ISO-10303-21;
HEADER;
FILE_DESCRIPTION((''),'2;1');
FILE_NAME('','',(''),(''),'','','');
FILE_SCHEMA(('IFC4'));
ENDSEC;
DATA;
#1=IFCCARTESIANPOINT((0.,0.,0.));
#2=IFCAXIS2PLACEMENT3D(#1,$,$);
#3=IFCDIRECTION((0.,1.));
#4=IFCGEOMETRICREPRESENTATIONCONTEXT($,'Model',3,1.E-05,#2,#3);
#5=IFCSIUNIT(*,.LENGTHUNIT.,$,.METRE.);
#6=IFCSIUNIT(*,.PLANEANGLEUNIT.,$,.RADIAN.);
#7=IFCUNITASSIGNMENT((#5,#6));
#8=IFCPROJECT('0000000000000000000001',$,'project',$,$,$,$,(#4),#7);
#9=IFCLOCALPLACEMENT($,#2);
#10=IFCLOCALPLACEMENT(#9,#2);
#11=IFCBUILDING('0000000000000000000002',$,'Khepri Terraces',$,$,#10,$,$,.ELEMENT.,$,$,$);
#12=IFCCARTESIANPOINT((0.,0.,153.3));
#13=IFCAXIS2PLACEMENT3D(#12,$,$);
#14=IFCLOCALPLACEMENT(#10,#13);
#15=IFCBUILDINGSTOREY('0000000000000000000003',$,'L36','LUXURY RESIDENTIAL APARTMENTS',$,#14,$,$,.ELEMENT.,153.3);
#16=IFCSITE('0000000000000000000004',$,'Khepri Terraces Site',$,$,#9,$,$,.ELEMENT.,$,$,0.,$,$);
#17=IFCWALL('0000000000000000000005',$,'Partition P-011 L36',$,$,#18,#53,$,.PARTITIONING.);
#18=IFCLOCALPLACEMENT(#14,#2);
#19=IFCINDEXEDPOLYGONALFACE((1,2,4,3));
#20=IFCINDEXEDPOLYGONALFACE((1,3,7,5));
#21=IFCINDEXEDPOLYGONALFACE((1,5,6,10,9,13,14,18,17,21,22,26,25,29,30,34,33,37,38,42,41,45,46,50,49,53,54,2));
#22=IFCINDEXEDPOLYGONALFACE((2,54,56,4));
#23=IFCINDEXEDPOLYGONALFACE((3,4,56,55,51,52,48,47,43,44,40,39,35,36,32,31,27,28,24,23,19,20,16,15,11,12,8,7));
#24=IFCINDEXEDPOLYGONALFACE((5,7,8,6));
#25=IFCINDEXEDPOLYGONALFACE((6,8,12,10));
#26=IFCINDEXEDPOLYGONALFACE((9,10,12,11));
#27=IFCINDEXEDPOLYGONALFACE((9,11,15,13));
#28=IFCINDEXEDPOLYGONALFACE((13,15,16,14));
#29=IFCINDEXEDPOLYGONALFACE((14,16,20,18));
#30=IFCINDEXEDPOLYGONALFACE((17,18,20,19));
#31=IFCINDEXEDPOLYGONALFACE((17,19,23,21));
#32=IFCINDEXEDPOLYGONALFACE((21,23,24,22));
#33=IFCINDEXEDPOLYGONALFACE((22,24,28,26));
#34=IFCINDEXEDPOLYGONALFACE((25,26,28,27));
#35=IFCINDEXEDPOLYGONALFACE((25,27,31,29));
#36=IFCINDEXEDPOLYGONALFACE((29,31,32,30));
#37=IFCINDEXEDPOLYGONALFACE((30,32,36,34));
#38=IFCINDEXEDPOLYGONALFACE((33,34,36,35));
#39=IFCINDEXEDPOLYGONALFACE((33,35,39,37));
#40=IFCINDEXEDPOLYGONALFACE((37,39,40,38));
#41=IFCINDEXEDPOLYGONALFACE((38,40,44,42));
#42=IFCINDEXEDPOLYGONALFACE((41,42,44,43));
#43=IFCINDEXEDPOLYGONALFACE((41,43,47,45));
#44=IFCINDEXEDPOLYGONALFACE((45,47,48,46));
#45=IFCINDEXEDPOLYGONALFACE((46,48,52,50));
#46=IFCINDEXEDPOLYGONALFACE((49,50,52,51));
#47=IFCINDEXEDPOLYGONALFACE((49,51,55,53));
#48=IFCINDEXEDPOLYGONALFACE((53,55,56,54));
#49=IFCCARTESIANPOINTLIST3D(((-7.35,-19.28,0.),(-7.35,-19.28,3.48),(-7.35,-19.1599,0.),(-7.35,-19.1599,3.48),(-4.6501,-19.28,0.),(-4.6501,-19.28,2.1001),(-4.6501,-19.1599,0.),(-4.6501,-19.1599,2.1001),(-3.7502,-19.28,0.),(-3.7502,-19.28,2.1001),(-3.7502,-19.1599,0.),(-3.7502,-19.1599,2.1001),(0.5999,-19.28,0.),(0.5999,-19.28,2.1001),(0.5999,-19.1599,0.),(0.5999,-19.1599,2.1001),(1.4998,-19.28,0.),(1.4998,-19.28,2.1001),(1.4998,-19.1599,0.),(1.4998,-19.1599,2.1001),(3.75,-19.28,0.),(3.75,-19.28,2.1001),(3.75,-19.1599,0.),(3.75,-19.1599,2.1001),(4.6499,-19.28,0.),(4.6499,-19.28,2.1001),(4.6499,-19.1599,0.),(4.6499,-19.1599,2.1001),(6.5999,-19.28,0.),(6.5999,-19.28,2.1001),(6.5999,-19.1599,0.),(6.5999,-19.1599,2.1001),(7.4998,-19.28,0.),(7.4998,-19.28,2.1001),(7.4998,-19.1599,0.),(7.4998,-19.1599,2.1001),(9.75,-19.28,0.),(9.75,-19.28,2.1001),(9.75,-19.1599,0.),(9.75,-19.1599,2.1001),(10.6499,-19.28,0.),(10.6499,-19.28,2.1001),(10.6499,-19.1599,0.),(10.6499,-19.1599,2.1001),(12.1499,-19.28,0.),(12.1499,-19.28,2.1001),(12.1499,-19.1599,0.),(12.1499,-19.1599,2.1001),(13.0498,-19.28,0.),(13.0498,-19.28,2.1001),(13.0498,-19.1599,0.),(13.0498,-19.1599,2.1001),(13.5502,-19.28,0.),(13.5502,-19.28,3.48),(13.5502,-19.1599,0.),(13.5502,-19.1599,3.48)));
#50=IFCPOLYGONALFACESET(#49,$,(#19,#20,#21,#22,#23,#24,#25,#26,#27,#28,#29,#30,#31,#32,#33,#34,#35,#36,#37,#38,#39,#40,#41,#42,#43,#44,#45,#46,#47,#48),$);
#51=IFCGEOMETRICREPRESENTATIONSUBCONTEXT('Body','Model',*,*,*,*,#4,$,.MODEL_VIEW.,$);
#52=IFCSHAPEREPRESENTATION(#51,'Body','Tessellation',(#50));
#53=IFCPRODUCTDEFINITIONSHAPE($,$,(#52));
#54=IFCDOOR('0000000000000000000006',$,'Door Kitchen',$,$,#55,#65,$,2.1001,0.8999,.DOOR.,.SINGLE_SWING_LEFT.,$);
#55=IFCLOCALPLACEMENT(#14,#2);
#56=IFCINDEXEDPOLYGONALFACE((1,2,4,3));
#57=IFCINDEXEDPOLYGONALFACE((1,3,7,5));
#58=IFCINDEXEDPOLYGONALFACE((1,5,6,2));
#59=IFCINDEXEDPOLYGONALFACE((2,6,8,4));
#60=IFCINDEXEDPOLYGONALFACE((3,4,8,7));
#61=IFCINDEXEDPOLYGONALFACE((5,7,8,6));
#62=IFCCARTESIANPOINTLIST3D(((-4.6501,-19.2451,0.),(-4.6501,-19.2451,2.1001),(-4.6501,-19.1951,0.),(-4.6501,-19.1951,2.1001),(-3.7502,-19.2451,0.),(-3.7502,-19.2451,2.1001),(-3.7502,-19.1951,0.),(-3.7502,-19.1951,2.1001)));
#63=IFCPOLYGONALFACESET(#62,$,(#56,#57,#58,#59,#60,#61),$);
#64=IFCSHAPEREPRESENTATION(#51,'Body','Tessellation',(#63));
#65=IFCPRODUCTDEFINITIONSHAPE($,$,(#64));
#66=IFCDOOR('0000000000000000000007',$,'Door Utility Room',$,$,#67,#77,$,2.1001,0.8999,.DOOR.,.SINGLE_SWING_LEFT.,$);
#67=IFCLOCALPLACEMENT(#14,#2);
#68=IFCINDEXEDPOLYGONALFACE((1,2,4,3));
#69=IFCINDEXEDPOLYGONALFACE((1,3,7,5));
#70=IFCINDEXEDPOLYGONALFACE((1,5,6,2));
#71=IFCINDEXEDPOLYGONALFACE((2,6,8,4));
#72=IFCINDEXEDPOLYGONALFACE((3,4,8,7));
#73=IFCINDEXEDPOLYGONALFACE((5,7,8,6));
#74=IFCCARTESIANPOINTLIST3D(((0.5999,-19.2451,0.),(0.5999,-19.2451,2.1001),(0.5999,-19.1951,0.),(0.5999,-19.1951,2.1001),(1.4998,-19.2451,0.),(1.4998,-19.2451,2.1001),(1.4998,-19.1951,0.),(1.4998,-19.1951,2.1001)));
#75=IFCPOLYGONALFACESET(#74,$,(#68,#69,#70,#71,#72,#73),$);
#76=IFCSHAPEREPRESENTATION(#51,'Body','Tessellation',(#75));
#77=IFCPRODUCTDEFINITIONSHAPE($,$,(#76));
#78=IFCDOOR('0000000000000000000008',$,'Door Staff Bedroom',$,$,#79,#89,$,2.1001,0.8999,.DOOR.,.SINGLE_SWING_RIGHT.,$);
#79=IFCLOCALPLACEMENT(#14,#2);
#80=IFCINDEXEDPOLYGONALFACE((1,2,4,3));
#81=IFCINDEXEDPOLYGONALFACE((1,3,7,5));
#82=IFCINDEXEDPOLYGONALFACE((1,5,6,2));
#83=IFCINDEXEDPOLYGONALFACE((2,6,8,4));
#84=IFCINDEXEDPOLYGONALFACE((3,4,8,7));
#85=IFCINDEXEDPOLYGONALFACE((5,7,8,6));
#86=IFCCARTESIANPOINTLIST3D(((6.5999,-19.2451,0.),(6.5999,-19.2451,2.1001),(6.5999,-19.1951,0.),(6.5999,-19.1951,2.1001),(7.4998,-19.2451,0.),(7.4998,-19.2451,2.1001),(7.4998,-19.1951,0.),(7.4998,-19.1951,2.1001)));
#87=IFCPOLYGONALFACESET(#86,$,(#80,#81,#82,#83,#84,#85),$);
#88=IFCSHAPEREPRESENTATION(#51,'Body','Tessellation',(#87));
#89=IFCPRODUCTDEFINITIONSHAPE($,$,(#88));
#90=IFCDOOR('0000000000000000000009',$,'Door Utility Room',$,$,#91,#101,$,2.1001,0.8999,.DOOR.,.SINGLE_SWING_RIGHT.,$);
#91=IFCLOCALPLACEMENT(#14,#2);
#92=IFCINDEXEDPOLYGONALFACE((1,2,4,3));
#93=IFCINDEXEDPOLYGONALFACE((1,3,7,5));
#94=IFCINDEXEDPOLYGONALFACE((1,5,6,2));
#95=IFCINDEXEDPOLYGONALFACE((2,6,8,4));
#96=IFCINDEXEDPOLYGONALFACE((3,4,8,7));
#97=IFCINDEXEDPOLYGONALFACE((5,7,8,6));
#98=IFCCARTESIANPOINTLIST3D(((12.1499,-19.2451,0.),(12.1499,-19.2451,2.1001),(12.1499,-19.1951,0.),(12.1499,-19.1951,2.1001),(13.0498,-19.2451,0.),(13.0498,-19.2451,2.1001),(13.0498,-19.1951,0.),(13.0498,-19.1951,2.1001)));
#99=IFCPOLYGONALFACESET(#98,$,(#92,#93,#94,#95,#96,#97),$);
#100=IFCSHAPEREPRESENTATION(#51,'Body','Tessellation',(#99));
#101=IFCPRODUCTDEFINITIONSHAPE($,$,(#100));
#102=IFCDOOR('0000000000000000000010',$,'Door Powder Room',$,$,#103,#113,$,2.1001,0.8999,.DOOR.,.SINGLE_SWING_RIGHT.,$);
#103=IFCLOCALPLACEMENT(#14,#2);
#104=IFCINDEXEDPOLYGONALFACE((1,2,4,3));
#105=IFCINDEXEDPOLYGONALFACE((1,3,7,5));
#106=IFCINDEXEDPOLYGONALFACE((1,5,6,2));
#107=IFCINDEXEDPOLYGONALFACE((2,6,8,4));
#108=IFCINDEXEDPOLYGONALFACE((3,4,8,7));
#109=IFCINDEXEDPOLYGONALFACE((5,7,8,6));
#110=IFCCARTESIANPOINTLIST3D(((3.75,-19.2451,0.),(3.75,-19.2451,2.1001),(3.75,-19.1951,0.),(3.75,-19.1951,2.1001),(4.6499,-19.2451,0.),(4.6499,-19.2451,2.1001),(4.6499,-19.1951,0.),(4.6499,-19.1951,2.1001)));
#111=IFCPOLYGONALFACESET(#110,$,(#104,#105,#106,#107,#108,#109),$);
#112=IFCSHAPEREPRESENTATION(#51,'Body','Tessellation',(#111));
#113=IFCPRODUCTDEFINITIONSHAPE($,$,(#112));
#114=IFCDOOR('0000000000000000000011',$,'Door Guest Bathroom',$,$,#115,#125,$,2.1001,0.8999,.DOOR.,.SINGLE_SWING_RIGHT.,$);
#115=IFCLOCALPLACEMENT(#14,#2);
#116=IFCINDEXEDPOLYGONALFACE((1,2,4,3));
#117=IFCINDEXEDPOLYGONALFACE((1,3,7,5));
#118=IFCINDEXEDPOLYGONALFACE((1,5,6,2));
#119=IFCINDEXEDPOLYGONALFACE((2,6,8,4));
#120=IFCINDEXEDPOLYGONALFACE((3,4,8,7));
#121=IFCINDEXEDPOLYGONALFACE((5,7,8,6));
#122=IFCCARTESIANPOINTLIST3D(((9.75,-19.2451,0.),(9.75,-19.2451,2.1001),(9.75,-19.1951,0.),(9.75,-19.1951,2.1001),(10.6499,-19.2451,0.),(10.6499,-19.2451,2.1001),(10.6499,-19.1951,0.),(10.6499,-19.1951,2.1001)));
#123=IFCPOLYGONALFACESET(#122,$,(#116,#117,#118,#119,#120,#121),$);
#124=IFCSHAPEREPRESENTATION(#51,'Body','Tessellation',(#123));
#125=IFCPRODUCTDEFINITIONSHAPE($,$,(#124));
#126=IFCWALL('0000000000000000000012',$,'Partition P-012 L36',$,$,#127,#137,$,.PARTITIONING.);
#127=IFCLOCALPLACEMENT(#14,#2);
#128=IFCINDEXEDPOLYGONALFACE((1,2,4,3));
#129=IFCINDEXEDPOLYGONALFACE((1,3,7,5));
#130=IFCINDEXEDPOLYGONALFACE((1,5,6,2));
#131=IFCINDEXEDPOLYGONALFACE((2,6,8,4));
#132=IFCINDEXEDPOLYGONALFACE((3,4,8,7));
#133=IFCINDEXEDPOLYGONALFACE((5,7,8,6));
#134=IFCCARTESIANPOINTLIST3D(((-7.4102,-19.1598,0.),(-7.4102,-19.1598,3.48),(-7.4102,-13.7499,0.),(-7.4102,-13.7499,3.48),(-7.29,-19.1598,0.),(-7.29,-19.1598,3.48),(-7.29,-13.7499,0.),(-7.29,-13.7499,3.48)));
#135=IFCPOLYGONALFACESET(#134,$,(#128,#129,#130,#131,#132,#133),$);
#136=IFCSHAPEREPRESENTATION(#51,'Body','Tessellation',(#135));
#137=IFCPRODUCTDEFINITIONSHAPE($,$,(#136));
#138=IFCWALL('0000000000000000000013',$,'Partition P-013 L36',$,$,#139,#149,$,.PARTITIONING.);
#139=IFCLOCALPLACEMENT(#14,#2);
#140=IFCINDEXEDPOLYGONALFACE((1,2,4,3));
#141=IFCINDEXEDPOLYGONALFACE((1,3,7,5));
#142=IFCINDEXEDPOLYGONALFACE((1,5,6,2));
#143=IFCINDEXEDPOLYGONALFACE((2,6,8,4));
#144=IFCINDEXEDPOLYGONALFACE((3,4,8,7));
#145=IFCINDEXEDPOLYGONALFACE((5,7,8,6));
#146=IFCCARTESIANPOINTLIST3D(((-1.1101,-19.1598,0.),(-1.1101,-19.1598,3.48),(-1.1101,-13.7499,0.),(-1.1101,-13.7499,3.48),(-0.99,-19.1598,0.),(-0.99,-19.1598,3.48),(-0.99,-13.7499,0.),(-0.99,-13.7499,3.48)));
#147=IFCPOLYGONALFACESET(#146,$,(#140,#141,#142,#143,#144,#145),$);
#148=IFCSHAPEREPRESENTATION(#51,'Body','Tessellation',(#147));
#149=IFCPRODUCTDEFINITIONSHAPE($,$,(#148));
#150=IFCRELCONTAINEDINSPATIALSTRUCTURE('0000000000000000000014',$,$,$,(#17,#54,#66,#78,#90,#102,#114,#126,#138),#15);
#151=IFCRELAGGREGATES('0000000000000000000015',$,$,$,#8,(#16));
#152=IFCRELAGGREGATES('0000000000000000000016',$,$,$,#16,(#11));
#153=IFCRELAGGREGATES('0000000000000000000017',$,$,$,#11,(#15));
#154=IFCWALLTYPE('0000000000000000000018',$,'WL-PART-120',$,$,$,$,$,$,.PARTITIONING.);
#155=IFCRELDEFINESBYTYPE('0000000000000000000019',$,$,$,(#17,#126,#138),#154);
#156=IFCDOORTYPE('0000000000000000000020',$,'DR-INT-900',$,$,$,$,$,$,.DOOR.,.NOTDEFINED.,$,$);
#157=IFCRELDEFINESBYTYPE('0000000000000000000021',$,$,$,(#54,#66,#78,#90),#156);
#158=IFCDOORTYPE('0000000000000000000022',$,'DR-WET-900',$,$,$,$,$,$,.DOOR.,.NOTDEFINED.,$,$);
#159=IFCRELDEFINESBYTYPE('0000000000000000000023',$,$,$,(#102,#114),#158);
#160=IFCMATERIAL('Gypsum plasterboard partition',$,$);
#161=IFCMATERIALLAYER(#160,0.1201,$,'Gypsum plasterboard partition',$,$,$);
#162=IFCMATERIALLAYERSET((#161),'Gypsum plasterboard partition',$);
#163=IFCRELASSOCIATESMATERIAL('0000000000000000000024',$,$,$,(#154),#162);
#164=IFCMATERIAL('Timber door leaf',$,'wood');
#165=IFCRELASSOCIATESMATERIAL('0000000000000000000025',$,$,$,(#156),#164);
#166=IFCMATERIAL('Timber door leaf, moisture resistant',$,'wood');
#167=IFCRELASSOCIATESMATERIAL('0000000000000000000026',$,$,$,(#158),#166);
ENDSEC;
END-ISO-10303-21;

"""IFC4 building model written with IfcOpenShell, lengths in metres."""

from ifc_helpers import new_model, si_unit, direction, frame, frame_2d, origin, place, context, subcontext, project, spatial, rectangle, extrude, material, layer, layer_set, type_object, element, fill, save


model = new_model("IFC4")

# Units and contexts
model_context = context("Model", 3, precision=1e-05, world=origin(), true_north=direction((0.0, 1.0)))
body_context = subcontext(model_context, "Body", "Model", "MODEL_VIEW")
ifc_project = project(units=[si_unit("LENGTHUNIT", "METRE"), si_unit("PLANEANGLEUNIT", "RADIAN")], contexts=[model_context])

# Site, building, storey
site_placement = place(None, origin())
site = spatial("IfcSite", under=ifc_project, at=site_placement, Name="Khepri Terraces Site", CompositionType="ELEMENT", RefElevation=0.0)
building_placement = place(site_placement, origin())
building = spatial("IfcBuilding", under=site, at=building_placement, Name="Khepri Terraces", CompositionType="ELEMENT")
storey_placement = place(building_placement, frame((0.0, 0.0, 153.3)))
storey = spatial("IfcBuildingStorey", under=building, at=storey_placement, Name="L36", Description="LUXURY RESIDENTIAL APARTMENTS", CompositionType="ELEMENT", Elevation=153.3)

# Shared definitions
ifc_material_1 = material(Name="Gypsum plasterboard partition")
ifc_layer_1 = layer(ifc_material_1, 0.1201, Name="Gypsum plasterboard partition")
ifc_layer_set_1 = layer_set([ifc_layer_1], Name="Gypsum plasterboard partition")
wall_type_1 = type_object("IfcWallType", Name="WL-PART-120", PredefinedType="PARTITIONING", material=ifc_layer_set_1)

# Wall, openings, doors
wall_1_placement = place(storey_placement, frame((-7.3501, -19.22, 0.0), z_axis=(0.0, 0.0, 1.0), x_axis=(1.0, 0.0, 0.0)))
wall_1 = element("IfcWall", 1, at=wall_1_placement, inside=storey, type_object=wall_type_1, Name="Partition P-011 L36", PredefinedType="PARTITIONING", context=body_context, shape_type="SweptSolid", body=[
    extrude(rectangle(XDim=20.9001, YDim=0.1201, at=frame_2d((10.4502, 0.0))), origin(), (0.0, 0.0, 1.0), 3.48),
])
opening_1_placement = place(wall_1_placement, frame((2.7, 0.0, 0.0)))
opening_1 = element("IfcOpeningElement", 2, at=opening_1_placement, cuts=wall_1, PredefinedType="OPENING", context=body_context, shape_type="SweptSolid", body=[
    extrude(rectangle(XDim=0.8999, YDim=2.1001, at=frame_2d((0.45, 1.05))), frame((0.0, 0.0701, 0.0), z_axis=(0.0, -1.0, 0.0), x_axis=(1.0, 0.0, 0.0)), (0.0, 0.0, 1.0), 0.1401),
])
opening_2_placement = place(wall_1_placement, frame((7.95, 0.0, 0.0)))
opening_2 = element("IfcOpeningElement", 3, at=opening_2_placement, cuts=wall_1, PredefinedType="OPENING", context=body_context, shape_type="SweptSolid", body=[
    extrude(rectangle(XDim=0.8999, YDim=2.1001, at=frame_2d((0.45, 1.05))), frame((0.0, 0.0701, 0.0), z_axis=(0.0, -1.0, 0.0), x_axis=(1.0, 0.0, 0.0)), (0.0, 0.0, 1.0), 0.1401),
])
opening_3_placement = place(wall_1_placement, frame((11.1001, 0.0, 0.0)))
opening_3 = element("IfcOpeningElement", 4, at=opening_3_placement, cuts=wall_1, PredefinedType="OPENING", context=body_context, shape_type="SweptSolid", body=[
    extrude(rectangle(XDim=0.8999, YDim=2.1001, at=frame_2d((0.45, 1.05))), frame((0.0, 0.0701, 0.0), z_axis=(0.0, -1.0, 0.0), x_axis=(1.0, 0.0, 0.0)), (0.0, 0.0, 1.0), 0.1401),
])
opening_4_placement = place(wall_1_placement, frame((13.95, 0.0, 0.0)))
opening_4 = element("IfcOpeningElement", 5, at=opening_4_placement, cuts=wall_1, PredefinedType="OPENING", context=body_context, shape_type="SweptSolid", body=[
    extrude(rectangle(XDim=0.8999, YDim=2.1001, at=frame_2d((0.45, 1.05))), frame((0.0, 0.0701, 0.0), z_axis=(0.0, -1.0, 0.0), x_axis=(1.0, 0.0, 0.0)), (0.0, 0.0, 1.0), 0.1401),
])
opening_5_placement = place(wall_1_placement, frame((17.1001, 0.0, 0.0)))
opening_5 = element("IfcOpeningElement", 6, at=opening_5_placement, cuts=wall_1, PredefinedType="OPENING", context=body_context, shape_type="SweptSolid", body=[
    extrude(rectangle(XDim=0.8999, YDim=2.1001, at=frame_2d((0.45, 1.05))), frame((0.0, 0.0701, 0.0), z_axis=(0.0, -1.0, 0.0), x_axis=(1.0, 0.0, 0.0)), (0.0, 0.0, 1.0), 0.1401),
])
opening_6_placement = place(wall_1_placement, frame((19.5, 0.0, 0.0)))
opening_6 = element("IfcOpeningElement", 7, at=opening_6_placement, cuts=wall_1, PredefinedType="OPENING", context=body_context, shape_type="SweptSolid", body=[
    extrude(rectangle(XDim=0.8999, YDim=2.1001, at=frame_2d((0.45, 1.05))), frame((0.0, 0.0701, 0.0), z_axis=(0.0, -1.0, 0.0), x_axis=(1.0, 0.0, 0.0)), (0.0, 0.0, 1.0), 0.1401),
])
ifc_material_2 = material(Name="Timber door leaf", Category="wood")
door_type_1 = type_object("IfcDoorType", Name="DR-INT-900", OperationType="NOTDEFINED", PredefinedType="DOOR", material=ifc_material_2)
door_1_placement = place(opening_1_placement, origin())
door_1 = element("IfcDoor", 8, at=door_1_placement, inside=storey, type_object=door_type_1, Name="Door Kitchen", OperationType="SINGLE_SWING_LEFT", OverallHeight=2.1001, OverallWidth=0.8999, PredefinedType="DOOR", context=body_context, shape_type="SweptSolid", body=[
    extrude(rectangle(XDim=0.8999, YDim=2.1001, at=frame_2d((0.45, 1.05))), frame((0.0, 0.0249, 0.0), z_axis=(0.0, -1.0, 0.0), x_axis=(1.0, 0.0, 0.0)), (0.0, 0.0, 1.0), 0.05),
])
fill(opening_1, door_1)
door_2_placement = place(opening_2_placement, origin())
door_2 = element("IfcDoor", 9, at=door_2_placement, inside=storey, type_object=door_type_1, Name="Door Utility Room", OperationType="SINGLE_SWING_LEFT", OverallHeight=2.1001, OverallWidth=0.8999, PredefinedType="DOOR", context=body_context, shape_type="SweptSolid", body=[
    extrude(rectangle(XDim=0.8999, YDim=2.1001, at=frame_2d((0.45, 1.05))), frame((0.0, 0.0249, 0.0), z_axis=(0.0, -1.0, 0.0), x_axis=(1.0, 0.0, 0.0)), (0.0, 0.0, 1.0), 0.05),
])
fill(opening_2, door_2)
door_3_placement = place(opening_4_placement, origin())
door_3 = element("IfcDoor", 10, at=door_3_placement, inside=storey, type_object=door_type_1, Name="Door Staff Bedroom", OperationType="SINGLE_SWING_RIGHT", OverallHeight=2.1001, OverallWidth=0.8999, PredefinedType="DOOR", context=body_context, shape_type="SweptSolid", body=[
    extrude(rectangle(XDim=0.8999, YDim=2.1001, at=frame_2d((0.45, 1.05))), frame((0.0, 0.0249, 0.0), z_axis=(0.0, -1.0, 0.0), x_axis=(1.0, 0.0, 0.0)), (0.0, 0.0, 1.0), 0.05),
])
fill(opening_4, door_3)
door_4_placement = place(opening_6_placement, origin())
door_4 = element("IfcDoor", 11, at=door_4_placement, inside=storey, type_object=door_type_1, Name="Door Utility Room", OperationType="SINGLE_SWING_RIGHT", OverallHeight=2.1001, OverallWidth=0.8999, PredefinedType="DOOR", context=body_context, shape_type="SweptSolid", body=[
    extrude(rectangle(XDim=0.8999, YDim=2.1001, at=frame_2d((0.45, 1.05))), frame((0.0, 0.0249, 0.0), z_axis=(0.0, -1.0, 0.0), x_axis=(1.0, 0.0, 0.0)), (0.0, 0.0, 1.0), 0.05),
])
fill(opening_6, door_4)
ifc_material_3 = material(Name="Timber door leaf, moisture resistant", Category="wood")
door_type_2 = type_object("IfcDoorType", Name="DR-WET-900", OperationType="NOTDEFINED", PredefinedType="DOOR", material=ifc_material_3)
door_5_placement = place(opening_3_placement, origin())
door_5 = element("IfcDoor", 12, at=door_5_placement, inside=storey, type_object=door_type_2, Name="Door Powder Room", OperationType="SINGLE_SWING_RIGHT", OverallHeight=2.1001, OverallWidth=0.8999, PredefinedType="DOOR", context=body_context, shape_type="SweptSolid", body=[
    extrude(rectangle(XDim=0.8999, YDim=2.1001, at=frame_2d((0.45, 1.05))), frame((0.0, 0.0249, 0.0), z_axis=(0.0, -1.0, 0.0), x_axis=(1.0, 0.0, 0.0)), (0.0, 0.0, 1.0), 0.05),
])
fill(opening_3, door_5)
door_6_placement = place(opening_5_placement, origin())
door_6 = element("IfcDoor", 13, at=door_6_placement, inside=storey, type_object=door_type_2, Name="Door Guest Bathroom", OperationType="SINGLE_SWING_RIGHT", OverallHeight=2.1001, OverallWidth=0.8999, PredefinedType="DOOR", context=body_context, shape_type="SweptSolid", body=[
    extrude(rectangle(XDim=0.8999, YDim=2.1001, at=frame_2d((0.45, 1.05))), frame((0.0, 0.0249, 0.0), z_axis=(0.0, -1.0, 0.0), x_axis=(1.0, 0.0, 0.0)), (0.0, 0.0, 1.0), 0.05),
])
fill(opening_5, door_6)

# Walls
for number, where, z_axis, x_axis, name in (
    (14, (-7.3501, -19.1599, 0.0), (0.0, 0.0, 1.0), (0.0, 1.0, 0.0), "Partition P-012 L36"),
    (15, (-1.05, -19.1599, 0.0), (0.0, 0.0, 1.0), (0.0, 1.0, 0.0), "Partition P-013 L36"),
):
    element("IfcWall", number, at=place(storey_placement, frame(where, z_axis=z_axis, x_axis=x_axis)), inside=storey, type_object=wall_type_1, Name=name, PredefinedType="PARTITIONING", context=body_context, shape_type="SweptSolid", body=[
        extrude(rectangle(XDim=5.4099, YDim=0.1201, at=frame_2d((2.7051, 0.0))), origin(), (0.0, 0.0, 1.0), 3.48),
    ])

save(model, "model.ifc")
